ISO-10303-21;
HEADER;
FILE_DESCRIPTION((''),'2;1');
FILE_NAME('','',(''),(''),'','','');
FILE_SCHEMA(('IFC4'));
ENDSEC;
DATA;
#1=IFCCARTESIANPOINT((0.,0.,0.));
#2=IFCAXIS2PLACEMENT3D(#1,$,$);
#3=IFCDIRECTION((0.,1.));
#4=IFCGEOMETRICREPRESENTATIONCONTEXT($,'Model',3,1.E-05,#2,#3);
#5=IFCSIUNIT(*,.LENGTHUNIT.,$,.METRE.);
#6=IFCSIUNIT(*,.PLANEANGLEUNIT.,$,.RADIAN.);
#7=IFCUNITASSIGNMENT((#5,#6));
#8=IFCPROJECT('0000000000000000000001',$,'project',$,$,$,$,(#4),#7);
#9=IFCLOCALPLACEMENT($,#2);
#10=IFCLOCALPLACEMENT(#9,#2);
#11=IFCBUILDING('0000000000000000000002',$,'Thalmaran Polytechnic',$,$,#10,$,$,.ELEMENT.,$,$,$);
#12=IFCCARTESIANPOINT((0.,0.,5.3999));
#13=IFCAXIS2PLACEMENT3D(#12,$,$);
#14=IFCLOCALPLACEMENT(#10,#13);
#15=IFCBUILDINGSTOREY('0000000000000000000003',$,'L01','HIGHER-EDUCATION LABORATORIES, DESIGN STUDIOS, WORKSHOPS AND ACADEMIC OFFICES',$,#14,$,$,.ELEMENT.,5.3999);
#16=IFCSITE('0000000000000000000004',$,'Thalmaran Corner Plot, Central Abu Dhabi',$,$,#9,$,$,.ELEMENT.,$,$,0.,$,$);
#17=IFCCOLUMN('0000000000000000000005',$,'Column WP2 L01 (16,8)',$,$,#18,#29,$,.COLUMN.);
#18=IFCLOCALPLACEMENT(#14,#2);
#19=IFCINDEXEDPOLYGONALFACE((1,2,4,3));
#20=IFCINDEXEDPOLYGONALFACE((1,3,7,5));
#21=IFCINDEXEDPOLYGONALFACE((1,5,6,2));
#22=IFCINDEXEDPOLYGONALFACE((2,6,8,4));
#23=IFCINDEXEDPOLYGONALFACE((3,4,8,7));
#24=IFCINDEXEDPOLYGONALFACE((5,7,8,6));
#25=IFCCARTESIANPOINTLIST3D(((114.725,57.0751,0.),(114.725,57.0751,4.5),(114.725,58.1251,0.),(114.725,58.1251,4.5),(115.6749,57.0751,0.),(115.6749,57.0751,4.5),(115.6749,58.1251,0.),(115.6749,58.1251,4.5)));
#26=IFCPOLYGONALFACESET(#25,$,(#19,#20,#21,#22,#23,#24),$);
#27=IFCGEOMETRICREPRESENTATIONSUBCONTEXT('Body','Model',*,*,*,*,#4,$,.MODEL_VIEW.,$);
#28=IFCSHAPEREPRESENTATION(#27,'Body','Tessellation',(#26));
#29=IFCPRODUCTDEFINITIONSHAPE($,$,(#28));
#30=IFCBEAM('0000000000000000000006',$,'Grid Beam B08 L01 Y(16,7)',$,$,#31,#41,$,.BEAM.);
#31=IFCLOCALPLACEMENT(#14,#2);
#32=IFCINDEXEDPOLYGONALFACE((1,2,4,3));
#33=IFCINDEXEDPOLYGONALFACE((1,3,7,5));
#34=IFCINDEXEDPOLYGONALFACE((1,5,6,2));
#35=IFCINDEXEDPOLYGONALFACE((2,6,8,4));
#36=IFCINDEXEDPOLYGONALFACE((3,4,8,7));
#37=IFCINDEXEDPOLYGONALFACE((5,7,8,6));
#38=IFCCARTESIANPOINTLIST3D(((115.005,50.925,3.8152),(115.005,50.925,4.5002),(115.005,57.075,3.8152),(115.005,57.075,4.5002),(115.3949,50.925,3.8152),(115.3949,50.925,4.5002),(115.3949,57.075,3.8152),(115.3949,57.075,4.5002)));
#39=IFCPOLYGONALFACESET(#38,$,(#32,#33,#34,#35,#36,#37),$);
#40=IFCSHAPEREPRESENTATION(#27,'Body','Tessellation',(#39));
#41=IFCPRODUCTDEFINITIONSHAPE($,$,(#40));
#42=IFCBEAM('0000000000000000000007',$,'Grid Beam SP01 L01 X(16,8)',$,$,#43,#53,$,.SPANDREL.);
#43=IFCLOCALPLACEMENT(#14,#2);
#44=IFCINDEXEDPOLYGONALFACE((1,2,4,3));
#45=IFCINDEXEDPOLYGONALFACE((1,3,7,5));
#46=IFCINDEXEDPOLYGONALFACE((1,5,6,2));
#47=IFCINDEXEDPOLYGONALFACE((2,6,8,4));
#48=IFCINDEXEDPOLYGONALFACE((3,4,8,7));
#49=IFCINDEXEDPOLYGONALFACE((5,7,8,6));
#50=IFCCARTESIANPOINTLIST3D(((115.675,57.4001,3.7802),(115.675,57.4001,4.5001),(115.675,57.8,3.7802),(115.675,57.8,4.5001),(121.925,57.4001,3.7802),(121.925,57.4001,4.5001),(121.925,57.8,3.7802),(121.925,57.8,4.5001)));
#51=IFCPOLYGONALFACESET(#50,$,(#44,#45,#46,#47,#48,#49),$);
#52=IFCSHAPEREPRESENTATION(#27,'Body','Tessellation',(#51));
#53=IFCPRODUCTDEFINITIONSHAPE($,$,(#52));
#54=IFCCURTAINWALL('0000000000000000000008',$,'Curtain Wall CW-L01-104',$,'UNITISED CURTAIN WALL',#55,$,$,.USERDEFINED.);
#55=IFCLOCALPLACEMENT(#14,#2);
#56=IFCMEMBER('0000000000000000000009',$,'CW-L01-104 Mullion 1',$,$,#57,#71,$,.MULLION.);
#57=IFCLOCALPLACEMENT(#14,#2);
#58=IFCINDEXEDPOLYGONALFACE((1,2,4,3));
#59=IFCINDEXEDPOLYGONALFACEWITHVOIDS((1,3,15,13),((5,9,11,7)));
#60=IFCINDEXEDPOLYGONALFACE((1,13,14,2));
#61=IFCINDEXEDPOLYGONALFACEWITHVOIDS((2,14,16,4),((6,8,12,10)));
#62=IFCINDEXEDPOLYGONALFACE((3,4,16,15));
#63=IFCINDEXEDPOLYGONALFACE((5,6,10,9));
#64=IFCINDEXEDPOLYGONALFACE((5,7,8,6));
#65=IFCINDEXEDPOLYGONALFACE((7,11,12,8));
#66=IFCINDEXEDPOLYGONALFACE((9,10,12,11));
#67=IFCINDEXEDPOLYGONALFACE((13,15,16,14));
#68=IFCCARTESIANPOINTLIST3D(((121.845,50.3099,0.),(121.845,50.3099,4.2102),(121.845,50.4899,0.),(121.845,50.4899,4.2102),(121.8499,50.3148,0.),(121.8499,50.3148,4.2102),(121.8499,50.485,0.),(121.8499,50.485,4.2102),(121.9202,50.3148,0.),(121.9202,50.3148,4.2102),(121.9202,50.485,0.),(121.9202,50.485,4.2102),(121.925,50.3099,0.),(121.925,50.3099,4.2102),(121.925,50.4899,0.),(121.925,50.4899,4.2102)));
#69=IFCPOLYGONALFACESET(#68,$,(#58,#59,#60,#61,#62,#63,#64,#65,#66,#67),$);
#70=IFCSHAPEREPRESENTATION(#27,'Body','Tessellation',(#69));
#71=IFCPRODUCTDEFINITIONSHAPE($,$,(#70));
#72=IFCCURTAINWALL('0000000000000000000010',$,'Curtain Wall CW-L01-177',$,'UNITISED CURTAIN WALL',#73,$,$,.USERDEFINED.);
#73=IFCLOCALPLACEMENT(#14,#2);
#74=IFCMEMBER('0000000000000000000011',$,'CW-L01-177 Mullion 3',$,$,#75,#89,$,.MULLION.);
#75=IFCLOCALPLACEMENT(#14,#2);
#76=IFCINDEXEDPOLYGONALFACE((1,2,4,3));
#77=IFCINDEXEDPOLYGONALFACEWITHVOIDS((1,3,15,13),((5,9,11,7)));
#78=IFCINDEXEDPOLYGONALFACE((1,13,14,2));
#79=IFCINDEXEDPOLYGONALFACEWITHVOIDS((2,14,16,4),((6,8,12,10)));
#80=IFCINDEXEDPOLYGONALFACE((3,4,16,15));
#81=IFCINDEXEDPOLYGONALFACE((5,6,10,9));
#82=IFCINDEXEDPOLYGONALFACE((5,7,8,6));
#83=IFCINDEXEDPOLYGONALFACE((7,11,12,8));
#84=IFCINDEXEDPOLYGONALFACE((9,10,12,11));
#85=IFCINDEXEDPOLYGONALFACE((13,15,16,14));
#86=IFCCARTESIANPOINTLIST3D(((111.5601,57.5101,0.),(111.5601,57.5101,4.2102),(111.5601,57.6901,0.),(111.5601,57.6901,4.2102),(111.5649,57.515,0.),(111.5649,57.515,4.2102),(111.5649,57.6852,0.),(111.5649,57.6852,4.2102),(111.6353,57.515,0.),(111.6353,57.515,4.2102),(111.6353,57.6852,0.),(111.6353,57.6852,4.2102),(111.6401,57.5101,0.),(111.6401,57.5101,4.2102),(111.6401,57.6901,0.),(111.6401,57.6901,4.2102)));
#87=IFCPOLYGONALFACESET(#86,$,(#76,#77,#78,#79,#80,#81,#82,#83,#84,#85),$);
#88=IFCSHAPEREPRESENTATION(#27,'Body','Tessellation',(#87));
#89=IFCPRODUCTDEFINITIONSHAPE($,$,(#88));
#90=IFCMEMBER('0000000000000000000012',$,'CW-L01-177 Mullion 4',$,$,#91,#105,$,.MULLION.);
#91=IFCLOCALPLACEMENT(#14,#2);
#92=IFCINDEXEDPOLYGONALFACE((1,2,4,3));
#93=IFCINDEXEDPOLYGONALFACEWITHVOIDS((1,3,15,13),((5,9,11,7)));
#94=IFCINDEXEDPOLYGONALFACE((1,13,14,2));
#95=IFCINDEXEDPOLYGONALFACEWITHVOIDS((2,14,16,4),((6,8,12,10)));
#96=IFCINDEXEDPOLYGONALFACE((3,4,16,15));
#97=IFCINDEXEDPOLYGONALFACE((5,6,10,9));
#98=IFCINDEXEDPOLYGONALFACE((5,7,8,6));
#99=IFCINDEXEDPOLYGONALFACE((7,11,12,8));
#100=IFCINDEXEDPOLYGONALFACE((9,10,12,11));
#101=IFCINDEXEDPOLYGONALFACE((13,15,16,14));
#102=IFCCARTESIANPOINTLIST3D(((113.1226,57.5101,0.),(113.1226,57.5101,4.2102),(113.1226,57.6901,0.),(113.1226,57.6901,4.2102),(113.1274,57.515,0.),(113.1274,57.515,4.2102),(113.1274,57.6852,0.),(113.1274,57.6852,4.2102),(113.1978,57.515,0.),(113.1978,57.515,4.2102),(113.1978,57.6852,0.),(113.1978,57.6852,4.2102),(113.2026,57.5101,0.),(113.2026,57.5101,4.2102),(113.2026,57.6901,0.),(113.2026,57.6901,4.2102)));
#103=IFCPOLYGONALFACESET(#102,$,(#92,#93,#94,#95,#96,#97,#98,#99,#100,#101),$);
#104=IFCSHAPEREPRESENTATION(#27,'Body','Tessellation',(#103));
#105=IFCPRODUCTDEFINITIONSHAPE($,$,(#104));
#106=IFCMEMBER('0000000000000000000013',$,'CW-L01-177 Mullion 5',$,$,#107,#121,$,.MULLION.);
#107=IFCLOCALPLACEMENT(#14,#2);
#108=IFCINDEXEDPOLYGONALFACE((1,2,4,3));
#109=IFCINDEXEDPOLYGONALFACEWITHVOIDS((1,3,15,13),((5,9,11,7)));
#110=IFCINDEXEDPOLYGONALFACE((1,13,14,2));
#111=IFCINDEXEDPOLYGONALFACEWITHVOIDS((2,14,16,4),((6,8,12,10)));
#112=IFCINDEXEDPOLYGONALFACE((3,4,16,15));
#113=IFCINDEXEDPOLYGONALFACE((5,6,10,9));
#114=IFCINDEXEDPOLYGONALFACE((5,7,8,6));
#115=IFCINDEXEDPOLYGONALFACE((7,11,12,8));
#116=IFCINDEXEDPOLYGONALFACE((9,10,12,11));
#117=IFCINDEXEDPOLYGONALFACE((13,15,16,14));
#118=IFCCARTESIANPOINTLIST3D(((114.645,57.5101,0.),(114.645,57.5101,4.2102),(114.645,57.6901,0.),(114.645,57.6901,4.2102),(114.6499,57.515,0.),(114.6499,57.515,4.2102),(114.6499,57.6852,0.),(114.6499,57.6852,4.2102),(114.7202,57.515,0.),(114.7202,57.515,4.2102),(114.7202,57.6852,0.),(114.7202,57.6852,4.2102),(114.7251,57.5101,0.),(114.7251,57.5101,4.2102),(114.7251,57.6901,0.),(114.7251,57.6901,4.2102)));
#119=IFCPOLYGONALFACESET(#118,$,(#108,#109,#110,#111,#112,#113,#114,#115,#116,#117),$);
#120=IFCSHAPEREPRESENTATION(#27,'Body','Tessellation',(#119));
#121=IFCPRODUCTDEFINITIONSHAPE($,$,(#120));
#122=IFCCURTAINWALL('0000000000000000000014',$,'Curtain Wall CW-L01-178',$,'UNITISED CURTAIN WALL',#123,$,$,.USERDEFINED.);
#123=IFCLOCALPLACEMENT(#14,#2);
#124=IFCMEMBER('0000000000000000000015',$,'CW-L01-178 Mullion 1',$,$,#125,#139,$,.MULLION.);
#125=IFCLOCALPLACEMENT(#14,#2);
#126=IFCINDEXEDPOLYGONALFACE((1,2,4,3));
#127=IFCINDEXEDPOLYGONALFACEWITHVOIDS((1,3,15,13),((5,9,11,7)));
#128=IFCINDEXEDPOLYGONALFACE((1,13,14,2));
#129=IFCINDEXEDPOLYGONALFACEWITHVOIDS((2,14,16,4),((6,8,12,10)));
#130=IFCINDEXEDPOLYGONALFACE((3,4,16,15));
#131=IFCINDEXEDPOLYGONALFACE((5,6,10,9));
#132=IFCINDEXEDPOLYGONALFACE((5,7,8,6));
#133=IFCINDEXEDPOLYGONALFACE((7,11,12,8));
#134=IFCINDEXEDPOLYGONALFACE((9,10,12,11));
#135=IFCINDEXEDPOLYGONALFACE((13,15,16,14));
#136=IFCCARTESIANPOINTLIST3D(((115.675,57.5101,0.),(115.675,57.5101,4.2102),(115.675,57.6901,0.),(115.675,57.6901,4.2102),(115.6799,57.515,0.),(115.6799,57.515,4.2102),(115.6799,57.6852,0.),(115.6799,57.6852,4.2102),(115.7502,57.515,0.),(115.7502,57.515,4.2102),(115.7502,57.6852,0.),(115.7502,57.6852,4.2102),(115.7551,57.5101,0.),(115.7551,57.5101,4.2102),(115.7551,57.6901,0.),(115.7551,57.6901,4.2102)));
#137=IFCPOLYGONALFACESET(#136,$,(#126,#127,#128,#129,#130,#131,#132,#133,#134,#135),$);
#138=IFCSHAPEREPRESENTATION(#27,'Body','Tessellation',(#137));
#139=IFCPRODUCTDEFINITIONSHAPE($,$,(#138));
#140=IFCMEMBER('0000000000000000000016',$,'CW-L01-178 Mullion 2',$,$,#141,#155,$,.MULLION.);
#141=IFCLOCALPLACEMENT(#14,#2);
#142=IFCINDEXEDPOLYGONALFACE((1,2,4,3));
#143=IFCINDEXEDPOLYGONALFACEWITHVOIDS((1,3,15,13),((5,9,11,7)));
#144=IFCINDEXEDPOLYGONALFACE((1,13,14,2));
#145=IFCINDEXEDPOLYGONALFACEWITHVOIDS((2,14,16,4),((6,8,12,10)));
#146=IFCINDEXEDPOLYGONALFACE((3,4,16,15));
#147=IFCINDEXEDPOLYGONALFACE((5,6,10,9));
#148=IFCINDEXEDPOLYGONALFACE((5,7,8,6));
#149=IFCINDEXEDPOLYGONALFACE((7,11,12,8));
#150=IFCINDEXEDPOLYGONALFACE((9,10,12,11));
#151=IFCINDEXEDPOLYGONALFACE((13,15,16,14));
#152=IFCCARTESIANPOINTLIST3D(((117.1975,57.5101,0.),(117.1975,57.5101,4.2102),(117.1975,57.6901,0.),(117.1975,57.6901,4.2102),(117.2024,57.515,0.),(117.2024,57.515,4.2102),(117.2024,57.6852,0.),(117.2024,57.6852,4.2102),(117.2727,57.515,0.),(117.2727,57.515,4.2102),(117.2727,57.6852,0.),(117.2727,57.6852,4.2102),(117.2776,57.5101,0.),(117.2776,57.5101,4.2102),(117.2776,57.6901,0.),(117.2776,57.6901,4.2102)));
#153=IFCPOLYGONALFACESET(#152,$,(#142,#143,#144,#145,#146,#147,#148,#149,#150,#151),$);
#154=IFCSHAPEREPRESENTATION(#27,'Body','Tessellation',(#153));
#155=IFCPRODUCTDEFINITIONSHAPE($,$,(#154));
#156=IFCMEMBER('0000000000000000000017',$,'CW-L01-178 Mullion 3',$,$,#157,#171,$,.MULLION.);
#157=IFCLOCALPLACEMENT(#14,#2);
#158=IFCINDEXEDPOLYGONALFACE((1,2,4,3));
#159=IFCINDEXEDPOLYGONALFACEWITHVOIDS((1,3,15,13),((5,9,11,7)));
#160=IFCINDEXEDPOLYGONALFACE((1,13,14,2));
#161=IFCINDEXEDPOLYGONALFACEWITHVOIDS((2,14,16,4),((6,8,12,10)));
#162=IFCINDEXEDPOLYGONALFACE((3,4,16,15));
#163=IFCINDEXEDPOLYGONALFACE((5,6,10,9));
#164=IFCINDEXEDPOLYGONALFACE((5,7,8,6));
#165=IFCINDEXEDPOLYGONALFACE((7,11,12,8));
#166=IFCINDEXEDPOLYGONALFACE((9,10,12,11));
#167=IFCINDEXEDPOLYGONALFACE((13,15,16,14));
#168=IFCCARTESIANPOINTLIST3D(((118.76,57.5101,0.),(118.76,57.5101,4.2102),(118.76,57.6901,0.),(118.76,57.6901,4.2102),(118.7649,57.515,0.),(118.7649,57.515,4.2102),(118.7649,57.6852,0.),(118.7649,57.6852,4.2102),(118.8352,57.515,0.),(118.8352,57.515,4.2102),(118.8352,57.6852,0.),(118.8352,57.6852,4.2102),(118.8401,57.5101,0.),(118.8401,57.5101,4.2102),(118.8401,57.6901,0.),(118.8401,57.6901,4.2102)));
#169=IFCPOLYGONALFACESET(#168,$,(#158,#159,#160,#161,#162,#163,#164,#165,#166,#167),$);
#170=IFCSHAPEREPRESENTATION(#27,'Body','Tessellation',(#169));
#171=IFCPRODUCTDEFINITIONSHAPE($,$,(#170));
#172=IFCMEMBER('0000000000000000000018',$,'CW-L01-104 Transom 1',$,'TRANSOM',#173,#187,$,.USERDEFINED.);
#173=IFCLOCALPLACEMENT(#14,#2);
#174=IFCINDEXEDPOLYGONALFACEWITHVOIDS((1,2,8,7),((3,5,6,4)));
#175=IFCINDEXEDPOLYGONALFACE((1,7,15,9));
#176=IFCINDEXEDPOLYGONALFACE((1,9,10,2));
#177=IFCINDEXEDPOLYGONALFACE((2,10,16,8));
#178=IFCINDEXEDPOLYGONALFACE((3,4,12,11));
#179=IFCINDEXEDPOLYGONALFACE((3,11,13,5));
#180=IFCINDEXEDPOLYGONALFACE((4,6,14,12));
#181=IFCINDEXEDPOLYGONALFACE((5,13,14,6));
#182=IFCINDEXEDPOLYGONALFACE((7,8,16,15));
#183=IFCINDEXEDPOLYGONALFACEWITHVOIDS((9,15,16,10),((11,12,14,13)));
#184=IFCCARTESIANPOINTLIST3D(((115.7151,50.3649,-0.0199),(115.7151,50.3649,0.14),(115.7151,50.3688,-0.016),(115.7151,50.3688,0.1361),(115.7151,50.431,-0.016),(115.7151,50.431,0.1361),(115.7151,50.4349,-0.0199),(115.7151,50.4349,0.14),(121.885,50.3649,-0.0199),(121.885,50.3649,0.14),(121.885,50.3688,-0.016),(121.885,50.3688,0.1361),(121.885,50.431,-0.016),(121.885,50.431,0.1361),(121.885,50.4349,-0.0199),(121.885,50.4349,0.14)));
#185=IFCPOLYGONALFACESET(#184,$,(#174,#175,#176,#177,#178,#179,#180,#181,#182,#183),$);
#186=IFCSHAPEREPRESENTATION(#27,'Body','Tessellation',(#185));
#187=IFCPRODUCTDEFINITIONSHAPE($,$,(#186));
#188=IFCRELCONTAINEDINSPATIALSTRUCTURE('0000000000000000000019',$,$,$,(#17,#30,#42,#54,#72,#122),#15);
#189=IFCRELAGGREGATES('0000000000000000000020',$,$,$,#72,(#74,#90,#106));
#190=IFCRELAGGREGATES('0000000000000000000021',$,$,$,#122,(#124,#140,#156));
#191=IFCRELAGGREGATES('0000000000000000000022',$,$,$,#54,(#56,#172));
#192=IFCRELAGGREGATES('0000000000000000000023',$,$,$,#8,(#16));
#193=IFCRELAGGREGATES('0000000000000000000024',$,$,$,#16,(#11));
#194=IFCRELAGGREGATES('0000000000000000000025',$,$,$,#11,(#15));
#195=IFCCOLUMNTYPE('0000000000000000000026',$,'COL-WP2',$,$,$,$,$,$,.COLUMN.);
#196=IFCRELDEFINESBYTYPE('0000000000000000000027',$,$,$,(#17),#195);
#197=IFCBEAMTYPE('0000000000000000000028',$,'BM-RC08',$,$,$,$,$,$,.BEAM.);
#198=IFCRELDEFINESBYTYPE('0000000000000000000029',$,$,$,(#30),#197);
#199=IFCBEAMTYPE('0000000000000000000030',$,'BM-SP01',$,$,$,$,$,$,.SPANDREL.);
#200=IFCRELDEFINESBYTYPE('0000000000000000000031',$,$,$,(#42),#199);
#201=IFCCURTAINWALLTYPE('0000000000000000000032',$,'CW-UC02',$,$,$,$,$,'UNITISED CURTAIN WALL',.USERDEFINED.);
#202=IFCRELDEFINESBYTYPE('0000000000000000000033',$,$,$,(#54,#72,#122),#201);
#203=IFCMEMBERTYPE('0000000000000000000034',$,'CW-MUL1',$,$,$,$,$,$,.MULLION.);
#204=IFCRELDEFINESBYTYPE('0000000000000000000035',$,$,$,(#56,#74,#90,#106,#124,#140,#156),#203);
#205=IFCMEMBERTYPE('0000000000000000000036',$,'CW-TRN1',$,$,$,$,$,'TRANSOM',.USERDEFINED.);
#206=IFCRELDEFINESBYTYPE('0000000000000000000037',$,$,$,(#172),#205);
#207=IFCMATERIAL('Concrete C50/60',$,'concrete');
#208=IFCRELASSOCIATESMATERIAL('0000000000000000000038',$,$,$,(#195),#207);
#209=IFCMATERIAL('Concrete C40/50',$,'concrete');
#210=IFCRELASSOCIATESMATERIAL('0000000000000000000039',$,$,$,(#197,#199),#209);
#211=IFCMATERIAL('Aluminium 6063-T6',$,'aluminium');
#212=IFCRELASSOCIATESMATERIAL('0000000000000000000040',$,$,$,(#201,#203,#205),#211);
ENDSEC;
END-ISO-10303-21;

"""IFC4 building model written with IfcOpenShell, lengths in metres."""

from ifc_helpers import new_model, si_unit, direction, frame, origin, origin_2d, place, context, subcontext, project, spatial, rectangle, hollow_rectangle, extrude, material, material_profile, profile_set, type_object, element, aggregate, save


model = new_model("IFC4")

# Units and contexts
model_context = context("Model", 3, precision=1e-05, world=origin(), true_north=direction((0.0, 1.0)))
body_context = subcontext(model_context, "Body", "Model", "MODEL_VIEW")
ifc_project = project(units=[si_unit("LENGTHUNIT", "METRE"), si_unit("PLANEANGLEUNIT", "RADIAN")], contexts=[model_context])

# Site, building, storey
site_placement = place(None, origin())
site = spatial("IfcSite", under=ifc_project, at=site_placement, Name="Thalmaran Corner Plot, Central Abu Dhabi", CompositionType="ELEMENT", RefElevation=0.0)
building_placement = place(site_placement, origin())
building = spatial("IfcBuilding", under=site, at=building_placement, Name="Thalmaran Polytechnic", CompositionType="ELEMENT")
storey_placement = place(building_placement, frame((0.0, 0.0, 5.3999)))
storey = spatial("IfcBuildingStorey", under=building, at=storey_placement, Name="L01", Description="HIGHER-EDUCATION LABORATORIES, DESIGN STUDIOS, WORKSHOPS AND ACADEMIC OFFICES", CompositionType="ELEMENT", Elevation=5.3999)

# Column
ifc_material_1 = material(Name="Concrete C50/60", Category="concrete")
ifc_material_profile_1 = material_profile(ifc_material_1, rectangle(XDim=0.95, YDim=1.05, at=origin_2d()), Name="RC 950x1050")
ifc_profile_set_1 = profile_set([ifc_material_profile_1], Name="Concrete C50/60")
column_type = type_object("IfcColumnType", Name="COL-WP2", PredefinedType="COLUMN", material=ifc_profile_set_1)
column_placement = place(storey_placement, frame((115.2, 57.6001, 0.0), z_axis=(0.0, 0.0, 1.0), x_axis=(1.0, 0.0, 0.0)))
element("IfcColumn", 1, at=column_placement, inside=storey, type_object=column_type, Name="Column WP2 L01 (16,8)", PredefinedType="COLUMN", context=body_context, shape_type="SweptSolid", body=[
    extrude(rectangle(XDim=0.95, YDim=1.05, at=origin_2d()), origin(), (0.0, 0.0, 1.0), 4.5),
])

# Beams
ifc_material_2 = material(Name="Concrete C40/50", Category="concrete")
ifc_material_profile_2 = material_profile(ifc_material_2, rectangle(XDim=0.3899, YDim=0.6851, at=origin_2d()), Name="RC 390x685")
ifc_profile_set_2 = profile_set([ifc_material_profile_2], Name="Concrete C40/50")
beam_type_1 = type_object("IfcBeamType", Name="BM-RC08", PredefinedType="BEAM", material=ifc_profile_set_2)
beam_1_placement = place(storey_placement, frame((115.2, 50.925, 4.1577), z_axis=(0.0, 1.0, 0.0), x_axis=(-1.0, 0.0, 0.0)))
element("IfcBeam", 2, at=beam_1_placement, inside=storey, type_object=beam_type_1, Name="Grid Beam B08 L01 Y(16,7)", PredefinedType="BEAM", context=body_context, shape_type="SweptSolid", body=[
    extrude(rectangle(XDim=0.3899, YDim=0.6851, at=origin_2d()), origin(), (0.0, 0.0, 1.0), 6.1499),
])
ifc_material_profile_3 = material_profile(ifc_material_2, rectangle(XDim=0.3999, YDim=0.72, at=origin_2d()), Name="RC 400x720")
ifc_profile_set_3 = profile_set([ifc_material_profile_3], Name="Concrete C40/50")
beam_type_2 = type_object("IfcBeamType", Name="BM-SP01", PredefinedType="SPANDREL", material=ifc_profile_set_3)
beam_2_placement = place(storey_placement, frame((115.675, 57.6001, 4.1401), z_axis=(1.0, 0.0, 0.0), x_axis=(0.0, 1.0, 0.0)))
element("IfcBeam", 3, at=beam_2_placement, inside=storey, type_object=beam_type_2, Name="Grid Beam SP01 L01 X(16,8)", PredefinedType="SPANDREL", context=body_context, shape_type="SweptSolid", body=[
    extrude(rectangle(XDim=0.3999, YDim=0.72, at=origin_2d()), origin(), (0.0, 0.0, 1.0), 6.25),
])

# Curtain wall, member
ifc_material_3 = material(Name="Aluminium 6063-T6", Category="aluminium")
curtain_wall_type = type_object("IfcCurtainWallType", Name="CW-UC02", ElementType="UNITISED CURTAIN WALL", PredefinedType="USERDEFINED", material=ifc_material_3)
curtain_wall_1_placement = place(storey_placement, origin())
curtain_wall_1 = element("IfcCurtainWall", 4, at=curtain_wall_1_placement, inside=storey, type_object=curtain_wall_type, Name="Curtain Wall CW-L01-104", ObjectType="UNITISED CURTAIN WALL", PredefinedType="USERDEFINED")
ifc_material_profile_4 = material_profile(ifc_material_3, hollow_rectangle(XDim=0.0801, YDim=0.1799, WallThickness=0.0049, at=origin_2d()), Name="RHS 180x80x5.0")
ifc_profile_set_4 = profile_set([ifc_material_profile_4], Name="Aluminium 6063-T6")
member_type_1 = type_object("IfcMemberType", Name="CW-MUL1", PredefinedType="MULLION", material=ifc_profile_set_4)
member_1_placement = place(storey_placement, frame((121.885, 50.3999, 0.0), z_axis=(0.0, 0.0, 1.0), x_axis=(1.0, 0.0, 0.0)))
member_1 = element("IfcMember", 5, at=member_1_placement, type_object=member_type_1, Name="CW-L01-104 Mullion 1", PredefinedType="MULLION", context=body_context, shape_type="SweptSolid", body=[
    extrude(hollow_rectangle(XDim=0.0801, YDim=0.1799, WallThickness=0.0049, at=origin_2d()), origin(), (0.0, 0.0, 1.0), 4.2102),
])

# Curtain walls, members
curtain_wall_2_placement = place(storey_placement, origin())
curtain_wall_2 = element("IfcCurtainWall", 6, at=curtain_wall_2_placement, inside=storey, type_object=curtain_wall_type, Name="Curtain Wall CW-L01-177", ObjectType="UNITISED CURTAIN WALL", PredefinedType="USERDEFINED")
member_2_placement = place(storey_placement, frame((111.6001, 57.6001, 0.0), z_axis=(0.0, 0.0, 1.0), x_axis=(1.0, 0.0, 0.0)))
member_2 = element("IfcMember", 7, at=member_2_placement, type_object=member_type_1, Name="CW-L01-177 Mullion 3", PredefinedType="MULLION", context=body_context, shape_type="SweptSolid", body=[
    extrude(hollow_rectangle(XDim=0.0801, YDim=0.1799, WallThickness=0.0049, at=origin_2d()), origin(), (0.0, 0.0, 1.0), 4.2102),
])
member_3_placement = place(storey_placement, frame((113.1626, 57.6001, 0.0), z_axis=(0.0, 0.0, 1.0), x_axis=(1.0, 0.0, 0.0)))
member_3 = element("IfcMember", 8, at=member_3_placement, type_object=member_type_1, Name="CW-L01-177 Mullion 4", PredefinedType="MULLION", context=body_context, shape_type="SweptSolid", body=[
    extrude(hollow_rectangle(XDim=0.0801, YDim=0.1799, WallThickness=0.0049, at=origin_2d()), origin(), (0.0, 0.0, 1.0), 4.2102),
])
member_4_placement = place(storey_placement, frame((114.6851, 57.6001, 0.0), z_axis=(0.0, 0.0, 1.0), x_axis=(1.0, 0.0, 0.0)))
member_4 = element("IfcMember", 9, at=member_4_placement, type_object=member_type_1, Name="CW-L01-177 Mullion 5", PredefinedType="MULLION", context=body_context, shape_type="SweptSolid", body=[
    extrude(hollow_rectangle(XDim=0.0801, YDim=0.1799, WallThickness=0.0049, at=origin_2d()), origin(), (0.0, 0.0, 1.0), 4.2102),
])
curtain_wall_3_placement = place(storey_placement, origin())
curtain_wall_3 = element("IfcCurtainWall", 10, at=curtain_wall_3_placement, inside=storey, type_object=curtain_wall_type, Name="Curtain Wall CW-L01-178", ObjectType="UNITISED CURTAIN WALL", PredefinedType="USERDEFINED")
member_5_placement = place(storey_placement, frame((115.7151, 57.6001, 0.0), z_axis=(0.0, 0.0, 1.0), x_axis=(1.0, 0.0, 0.0)))
member_5 = element("IfcMember", 11, at=member_5_placement, type_object=member_type_1, Name="CW-L01-178 Mullion 1", PredefinedType="MULLION", context=body_context, shape_type="SweptSolid", body=[
    extrude(hollow_rectangle(XDim=0.0801, YDim=0.1799, WallThickness=0.0049, at=origin_2d()), origin(), (0.0, 0.0, 1.0), 4.2102),
])
member_6_placement = place(storey_placement, frame((117.2375, 57.6001, 0.0), z_axis=(0.0, 0.0, 1.0), x_axis=(1.0, 0.0, 0.0)))
member_6 = element("IfcMember", 12, at=member_6_placement, type_object=member_type_1, Name="CW-L01-178 Mullion 2", PredefinedType="MULLION", context=body_context, shape_type="SweptSolid", body=[
    extrude(hollow_rectangle(XDim=0.0801, YDim=0.1799, WallThickness=0.0049, at=origin_2d()), origin(), (0.0, 0.0, 1.0), 4.2102),
])
member_7_placement = place(storey_placement, frame((118.8, 57.6001, 0.0), z_axis=(0.0, 0.0, 1.0), x_axis=(1.0, 0.0, 0.0)))
member_7 = element("IfcMember", 13, at=member_7_placement, type_object=member_type_1, Name="CW-L01-178 Mullion 3", PredefinedType="MULLION", context=body_context, shape_type="SweptSolid", body=[
    extrude(hollow_rectangle(XDim=0.0801, YDim=0.1799, WallThickness=0.0049, at=origin_2d()), origin(), (0.0, 0.0, 1.0), 4.2102),
])

# Member
ifc_material_profile_5 = material_profile(ifc_material_3, hollow_rectangle(XDim=0.0701, YDim=0.1599, WallThickness=0.0039, at=origin_2d()), Name="AL 160x70x4.0")
ifc_profile_set_5 = profile_set([ifc_material_profile_5], Name="Aluminium 6063-T6")
member_type_2 = type_object("IfcMemberType", Name="CW-TRN1", ElementType="TRANSOM", PredefinedType="USERDEFINED", material=ifc_profile_set_5)
member_8_placement = place(storey_placement, frame((121.885, 50.3999, 0.0601), z_axis=(-1.0, 0.0, 0.0), x_axis=(0.0, -1.0, 0.0)))
member_8 = element("IfcMember", 14, at=member_8_placement, type_object=member_type_2, Name="CW-L01-104 Transom 1", ObjectType="TRANSOM", PredefinedType="USERDEFINED", context=body_context, shape_type="SweptSolid", body=[
    extrude(hollow_rectangle(XDim=0.0701, YDim=0.1599, WallThickness=0.0039, at=origin_2d()), origin(), (0.0, 0.0, 1.0), 6.1699),
])

aggregate(curtain_wall_2, [member_2, member_3, member_4])
aggregate(curtain_wall_3, [member_5, member_6, member_7])
aggregate(curtain_wall_1, [member_1, member_8])

save(model, "model.ifc")
